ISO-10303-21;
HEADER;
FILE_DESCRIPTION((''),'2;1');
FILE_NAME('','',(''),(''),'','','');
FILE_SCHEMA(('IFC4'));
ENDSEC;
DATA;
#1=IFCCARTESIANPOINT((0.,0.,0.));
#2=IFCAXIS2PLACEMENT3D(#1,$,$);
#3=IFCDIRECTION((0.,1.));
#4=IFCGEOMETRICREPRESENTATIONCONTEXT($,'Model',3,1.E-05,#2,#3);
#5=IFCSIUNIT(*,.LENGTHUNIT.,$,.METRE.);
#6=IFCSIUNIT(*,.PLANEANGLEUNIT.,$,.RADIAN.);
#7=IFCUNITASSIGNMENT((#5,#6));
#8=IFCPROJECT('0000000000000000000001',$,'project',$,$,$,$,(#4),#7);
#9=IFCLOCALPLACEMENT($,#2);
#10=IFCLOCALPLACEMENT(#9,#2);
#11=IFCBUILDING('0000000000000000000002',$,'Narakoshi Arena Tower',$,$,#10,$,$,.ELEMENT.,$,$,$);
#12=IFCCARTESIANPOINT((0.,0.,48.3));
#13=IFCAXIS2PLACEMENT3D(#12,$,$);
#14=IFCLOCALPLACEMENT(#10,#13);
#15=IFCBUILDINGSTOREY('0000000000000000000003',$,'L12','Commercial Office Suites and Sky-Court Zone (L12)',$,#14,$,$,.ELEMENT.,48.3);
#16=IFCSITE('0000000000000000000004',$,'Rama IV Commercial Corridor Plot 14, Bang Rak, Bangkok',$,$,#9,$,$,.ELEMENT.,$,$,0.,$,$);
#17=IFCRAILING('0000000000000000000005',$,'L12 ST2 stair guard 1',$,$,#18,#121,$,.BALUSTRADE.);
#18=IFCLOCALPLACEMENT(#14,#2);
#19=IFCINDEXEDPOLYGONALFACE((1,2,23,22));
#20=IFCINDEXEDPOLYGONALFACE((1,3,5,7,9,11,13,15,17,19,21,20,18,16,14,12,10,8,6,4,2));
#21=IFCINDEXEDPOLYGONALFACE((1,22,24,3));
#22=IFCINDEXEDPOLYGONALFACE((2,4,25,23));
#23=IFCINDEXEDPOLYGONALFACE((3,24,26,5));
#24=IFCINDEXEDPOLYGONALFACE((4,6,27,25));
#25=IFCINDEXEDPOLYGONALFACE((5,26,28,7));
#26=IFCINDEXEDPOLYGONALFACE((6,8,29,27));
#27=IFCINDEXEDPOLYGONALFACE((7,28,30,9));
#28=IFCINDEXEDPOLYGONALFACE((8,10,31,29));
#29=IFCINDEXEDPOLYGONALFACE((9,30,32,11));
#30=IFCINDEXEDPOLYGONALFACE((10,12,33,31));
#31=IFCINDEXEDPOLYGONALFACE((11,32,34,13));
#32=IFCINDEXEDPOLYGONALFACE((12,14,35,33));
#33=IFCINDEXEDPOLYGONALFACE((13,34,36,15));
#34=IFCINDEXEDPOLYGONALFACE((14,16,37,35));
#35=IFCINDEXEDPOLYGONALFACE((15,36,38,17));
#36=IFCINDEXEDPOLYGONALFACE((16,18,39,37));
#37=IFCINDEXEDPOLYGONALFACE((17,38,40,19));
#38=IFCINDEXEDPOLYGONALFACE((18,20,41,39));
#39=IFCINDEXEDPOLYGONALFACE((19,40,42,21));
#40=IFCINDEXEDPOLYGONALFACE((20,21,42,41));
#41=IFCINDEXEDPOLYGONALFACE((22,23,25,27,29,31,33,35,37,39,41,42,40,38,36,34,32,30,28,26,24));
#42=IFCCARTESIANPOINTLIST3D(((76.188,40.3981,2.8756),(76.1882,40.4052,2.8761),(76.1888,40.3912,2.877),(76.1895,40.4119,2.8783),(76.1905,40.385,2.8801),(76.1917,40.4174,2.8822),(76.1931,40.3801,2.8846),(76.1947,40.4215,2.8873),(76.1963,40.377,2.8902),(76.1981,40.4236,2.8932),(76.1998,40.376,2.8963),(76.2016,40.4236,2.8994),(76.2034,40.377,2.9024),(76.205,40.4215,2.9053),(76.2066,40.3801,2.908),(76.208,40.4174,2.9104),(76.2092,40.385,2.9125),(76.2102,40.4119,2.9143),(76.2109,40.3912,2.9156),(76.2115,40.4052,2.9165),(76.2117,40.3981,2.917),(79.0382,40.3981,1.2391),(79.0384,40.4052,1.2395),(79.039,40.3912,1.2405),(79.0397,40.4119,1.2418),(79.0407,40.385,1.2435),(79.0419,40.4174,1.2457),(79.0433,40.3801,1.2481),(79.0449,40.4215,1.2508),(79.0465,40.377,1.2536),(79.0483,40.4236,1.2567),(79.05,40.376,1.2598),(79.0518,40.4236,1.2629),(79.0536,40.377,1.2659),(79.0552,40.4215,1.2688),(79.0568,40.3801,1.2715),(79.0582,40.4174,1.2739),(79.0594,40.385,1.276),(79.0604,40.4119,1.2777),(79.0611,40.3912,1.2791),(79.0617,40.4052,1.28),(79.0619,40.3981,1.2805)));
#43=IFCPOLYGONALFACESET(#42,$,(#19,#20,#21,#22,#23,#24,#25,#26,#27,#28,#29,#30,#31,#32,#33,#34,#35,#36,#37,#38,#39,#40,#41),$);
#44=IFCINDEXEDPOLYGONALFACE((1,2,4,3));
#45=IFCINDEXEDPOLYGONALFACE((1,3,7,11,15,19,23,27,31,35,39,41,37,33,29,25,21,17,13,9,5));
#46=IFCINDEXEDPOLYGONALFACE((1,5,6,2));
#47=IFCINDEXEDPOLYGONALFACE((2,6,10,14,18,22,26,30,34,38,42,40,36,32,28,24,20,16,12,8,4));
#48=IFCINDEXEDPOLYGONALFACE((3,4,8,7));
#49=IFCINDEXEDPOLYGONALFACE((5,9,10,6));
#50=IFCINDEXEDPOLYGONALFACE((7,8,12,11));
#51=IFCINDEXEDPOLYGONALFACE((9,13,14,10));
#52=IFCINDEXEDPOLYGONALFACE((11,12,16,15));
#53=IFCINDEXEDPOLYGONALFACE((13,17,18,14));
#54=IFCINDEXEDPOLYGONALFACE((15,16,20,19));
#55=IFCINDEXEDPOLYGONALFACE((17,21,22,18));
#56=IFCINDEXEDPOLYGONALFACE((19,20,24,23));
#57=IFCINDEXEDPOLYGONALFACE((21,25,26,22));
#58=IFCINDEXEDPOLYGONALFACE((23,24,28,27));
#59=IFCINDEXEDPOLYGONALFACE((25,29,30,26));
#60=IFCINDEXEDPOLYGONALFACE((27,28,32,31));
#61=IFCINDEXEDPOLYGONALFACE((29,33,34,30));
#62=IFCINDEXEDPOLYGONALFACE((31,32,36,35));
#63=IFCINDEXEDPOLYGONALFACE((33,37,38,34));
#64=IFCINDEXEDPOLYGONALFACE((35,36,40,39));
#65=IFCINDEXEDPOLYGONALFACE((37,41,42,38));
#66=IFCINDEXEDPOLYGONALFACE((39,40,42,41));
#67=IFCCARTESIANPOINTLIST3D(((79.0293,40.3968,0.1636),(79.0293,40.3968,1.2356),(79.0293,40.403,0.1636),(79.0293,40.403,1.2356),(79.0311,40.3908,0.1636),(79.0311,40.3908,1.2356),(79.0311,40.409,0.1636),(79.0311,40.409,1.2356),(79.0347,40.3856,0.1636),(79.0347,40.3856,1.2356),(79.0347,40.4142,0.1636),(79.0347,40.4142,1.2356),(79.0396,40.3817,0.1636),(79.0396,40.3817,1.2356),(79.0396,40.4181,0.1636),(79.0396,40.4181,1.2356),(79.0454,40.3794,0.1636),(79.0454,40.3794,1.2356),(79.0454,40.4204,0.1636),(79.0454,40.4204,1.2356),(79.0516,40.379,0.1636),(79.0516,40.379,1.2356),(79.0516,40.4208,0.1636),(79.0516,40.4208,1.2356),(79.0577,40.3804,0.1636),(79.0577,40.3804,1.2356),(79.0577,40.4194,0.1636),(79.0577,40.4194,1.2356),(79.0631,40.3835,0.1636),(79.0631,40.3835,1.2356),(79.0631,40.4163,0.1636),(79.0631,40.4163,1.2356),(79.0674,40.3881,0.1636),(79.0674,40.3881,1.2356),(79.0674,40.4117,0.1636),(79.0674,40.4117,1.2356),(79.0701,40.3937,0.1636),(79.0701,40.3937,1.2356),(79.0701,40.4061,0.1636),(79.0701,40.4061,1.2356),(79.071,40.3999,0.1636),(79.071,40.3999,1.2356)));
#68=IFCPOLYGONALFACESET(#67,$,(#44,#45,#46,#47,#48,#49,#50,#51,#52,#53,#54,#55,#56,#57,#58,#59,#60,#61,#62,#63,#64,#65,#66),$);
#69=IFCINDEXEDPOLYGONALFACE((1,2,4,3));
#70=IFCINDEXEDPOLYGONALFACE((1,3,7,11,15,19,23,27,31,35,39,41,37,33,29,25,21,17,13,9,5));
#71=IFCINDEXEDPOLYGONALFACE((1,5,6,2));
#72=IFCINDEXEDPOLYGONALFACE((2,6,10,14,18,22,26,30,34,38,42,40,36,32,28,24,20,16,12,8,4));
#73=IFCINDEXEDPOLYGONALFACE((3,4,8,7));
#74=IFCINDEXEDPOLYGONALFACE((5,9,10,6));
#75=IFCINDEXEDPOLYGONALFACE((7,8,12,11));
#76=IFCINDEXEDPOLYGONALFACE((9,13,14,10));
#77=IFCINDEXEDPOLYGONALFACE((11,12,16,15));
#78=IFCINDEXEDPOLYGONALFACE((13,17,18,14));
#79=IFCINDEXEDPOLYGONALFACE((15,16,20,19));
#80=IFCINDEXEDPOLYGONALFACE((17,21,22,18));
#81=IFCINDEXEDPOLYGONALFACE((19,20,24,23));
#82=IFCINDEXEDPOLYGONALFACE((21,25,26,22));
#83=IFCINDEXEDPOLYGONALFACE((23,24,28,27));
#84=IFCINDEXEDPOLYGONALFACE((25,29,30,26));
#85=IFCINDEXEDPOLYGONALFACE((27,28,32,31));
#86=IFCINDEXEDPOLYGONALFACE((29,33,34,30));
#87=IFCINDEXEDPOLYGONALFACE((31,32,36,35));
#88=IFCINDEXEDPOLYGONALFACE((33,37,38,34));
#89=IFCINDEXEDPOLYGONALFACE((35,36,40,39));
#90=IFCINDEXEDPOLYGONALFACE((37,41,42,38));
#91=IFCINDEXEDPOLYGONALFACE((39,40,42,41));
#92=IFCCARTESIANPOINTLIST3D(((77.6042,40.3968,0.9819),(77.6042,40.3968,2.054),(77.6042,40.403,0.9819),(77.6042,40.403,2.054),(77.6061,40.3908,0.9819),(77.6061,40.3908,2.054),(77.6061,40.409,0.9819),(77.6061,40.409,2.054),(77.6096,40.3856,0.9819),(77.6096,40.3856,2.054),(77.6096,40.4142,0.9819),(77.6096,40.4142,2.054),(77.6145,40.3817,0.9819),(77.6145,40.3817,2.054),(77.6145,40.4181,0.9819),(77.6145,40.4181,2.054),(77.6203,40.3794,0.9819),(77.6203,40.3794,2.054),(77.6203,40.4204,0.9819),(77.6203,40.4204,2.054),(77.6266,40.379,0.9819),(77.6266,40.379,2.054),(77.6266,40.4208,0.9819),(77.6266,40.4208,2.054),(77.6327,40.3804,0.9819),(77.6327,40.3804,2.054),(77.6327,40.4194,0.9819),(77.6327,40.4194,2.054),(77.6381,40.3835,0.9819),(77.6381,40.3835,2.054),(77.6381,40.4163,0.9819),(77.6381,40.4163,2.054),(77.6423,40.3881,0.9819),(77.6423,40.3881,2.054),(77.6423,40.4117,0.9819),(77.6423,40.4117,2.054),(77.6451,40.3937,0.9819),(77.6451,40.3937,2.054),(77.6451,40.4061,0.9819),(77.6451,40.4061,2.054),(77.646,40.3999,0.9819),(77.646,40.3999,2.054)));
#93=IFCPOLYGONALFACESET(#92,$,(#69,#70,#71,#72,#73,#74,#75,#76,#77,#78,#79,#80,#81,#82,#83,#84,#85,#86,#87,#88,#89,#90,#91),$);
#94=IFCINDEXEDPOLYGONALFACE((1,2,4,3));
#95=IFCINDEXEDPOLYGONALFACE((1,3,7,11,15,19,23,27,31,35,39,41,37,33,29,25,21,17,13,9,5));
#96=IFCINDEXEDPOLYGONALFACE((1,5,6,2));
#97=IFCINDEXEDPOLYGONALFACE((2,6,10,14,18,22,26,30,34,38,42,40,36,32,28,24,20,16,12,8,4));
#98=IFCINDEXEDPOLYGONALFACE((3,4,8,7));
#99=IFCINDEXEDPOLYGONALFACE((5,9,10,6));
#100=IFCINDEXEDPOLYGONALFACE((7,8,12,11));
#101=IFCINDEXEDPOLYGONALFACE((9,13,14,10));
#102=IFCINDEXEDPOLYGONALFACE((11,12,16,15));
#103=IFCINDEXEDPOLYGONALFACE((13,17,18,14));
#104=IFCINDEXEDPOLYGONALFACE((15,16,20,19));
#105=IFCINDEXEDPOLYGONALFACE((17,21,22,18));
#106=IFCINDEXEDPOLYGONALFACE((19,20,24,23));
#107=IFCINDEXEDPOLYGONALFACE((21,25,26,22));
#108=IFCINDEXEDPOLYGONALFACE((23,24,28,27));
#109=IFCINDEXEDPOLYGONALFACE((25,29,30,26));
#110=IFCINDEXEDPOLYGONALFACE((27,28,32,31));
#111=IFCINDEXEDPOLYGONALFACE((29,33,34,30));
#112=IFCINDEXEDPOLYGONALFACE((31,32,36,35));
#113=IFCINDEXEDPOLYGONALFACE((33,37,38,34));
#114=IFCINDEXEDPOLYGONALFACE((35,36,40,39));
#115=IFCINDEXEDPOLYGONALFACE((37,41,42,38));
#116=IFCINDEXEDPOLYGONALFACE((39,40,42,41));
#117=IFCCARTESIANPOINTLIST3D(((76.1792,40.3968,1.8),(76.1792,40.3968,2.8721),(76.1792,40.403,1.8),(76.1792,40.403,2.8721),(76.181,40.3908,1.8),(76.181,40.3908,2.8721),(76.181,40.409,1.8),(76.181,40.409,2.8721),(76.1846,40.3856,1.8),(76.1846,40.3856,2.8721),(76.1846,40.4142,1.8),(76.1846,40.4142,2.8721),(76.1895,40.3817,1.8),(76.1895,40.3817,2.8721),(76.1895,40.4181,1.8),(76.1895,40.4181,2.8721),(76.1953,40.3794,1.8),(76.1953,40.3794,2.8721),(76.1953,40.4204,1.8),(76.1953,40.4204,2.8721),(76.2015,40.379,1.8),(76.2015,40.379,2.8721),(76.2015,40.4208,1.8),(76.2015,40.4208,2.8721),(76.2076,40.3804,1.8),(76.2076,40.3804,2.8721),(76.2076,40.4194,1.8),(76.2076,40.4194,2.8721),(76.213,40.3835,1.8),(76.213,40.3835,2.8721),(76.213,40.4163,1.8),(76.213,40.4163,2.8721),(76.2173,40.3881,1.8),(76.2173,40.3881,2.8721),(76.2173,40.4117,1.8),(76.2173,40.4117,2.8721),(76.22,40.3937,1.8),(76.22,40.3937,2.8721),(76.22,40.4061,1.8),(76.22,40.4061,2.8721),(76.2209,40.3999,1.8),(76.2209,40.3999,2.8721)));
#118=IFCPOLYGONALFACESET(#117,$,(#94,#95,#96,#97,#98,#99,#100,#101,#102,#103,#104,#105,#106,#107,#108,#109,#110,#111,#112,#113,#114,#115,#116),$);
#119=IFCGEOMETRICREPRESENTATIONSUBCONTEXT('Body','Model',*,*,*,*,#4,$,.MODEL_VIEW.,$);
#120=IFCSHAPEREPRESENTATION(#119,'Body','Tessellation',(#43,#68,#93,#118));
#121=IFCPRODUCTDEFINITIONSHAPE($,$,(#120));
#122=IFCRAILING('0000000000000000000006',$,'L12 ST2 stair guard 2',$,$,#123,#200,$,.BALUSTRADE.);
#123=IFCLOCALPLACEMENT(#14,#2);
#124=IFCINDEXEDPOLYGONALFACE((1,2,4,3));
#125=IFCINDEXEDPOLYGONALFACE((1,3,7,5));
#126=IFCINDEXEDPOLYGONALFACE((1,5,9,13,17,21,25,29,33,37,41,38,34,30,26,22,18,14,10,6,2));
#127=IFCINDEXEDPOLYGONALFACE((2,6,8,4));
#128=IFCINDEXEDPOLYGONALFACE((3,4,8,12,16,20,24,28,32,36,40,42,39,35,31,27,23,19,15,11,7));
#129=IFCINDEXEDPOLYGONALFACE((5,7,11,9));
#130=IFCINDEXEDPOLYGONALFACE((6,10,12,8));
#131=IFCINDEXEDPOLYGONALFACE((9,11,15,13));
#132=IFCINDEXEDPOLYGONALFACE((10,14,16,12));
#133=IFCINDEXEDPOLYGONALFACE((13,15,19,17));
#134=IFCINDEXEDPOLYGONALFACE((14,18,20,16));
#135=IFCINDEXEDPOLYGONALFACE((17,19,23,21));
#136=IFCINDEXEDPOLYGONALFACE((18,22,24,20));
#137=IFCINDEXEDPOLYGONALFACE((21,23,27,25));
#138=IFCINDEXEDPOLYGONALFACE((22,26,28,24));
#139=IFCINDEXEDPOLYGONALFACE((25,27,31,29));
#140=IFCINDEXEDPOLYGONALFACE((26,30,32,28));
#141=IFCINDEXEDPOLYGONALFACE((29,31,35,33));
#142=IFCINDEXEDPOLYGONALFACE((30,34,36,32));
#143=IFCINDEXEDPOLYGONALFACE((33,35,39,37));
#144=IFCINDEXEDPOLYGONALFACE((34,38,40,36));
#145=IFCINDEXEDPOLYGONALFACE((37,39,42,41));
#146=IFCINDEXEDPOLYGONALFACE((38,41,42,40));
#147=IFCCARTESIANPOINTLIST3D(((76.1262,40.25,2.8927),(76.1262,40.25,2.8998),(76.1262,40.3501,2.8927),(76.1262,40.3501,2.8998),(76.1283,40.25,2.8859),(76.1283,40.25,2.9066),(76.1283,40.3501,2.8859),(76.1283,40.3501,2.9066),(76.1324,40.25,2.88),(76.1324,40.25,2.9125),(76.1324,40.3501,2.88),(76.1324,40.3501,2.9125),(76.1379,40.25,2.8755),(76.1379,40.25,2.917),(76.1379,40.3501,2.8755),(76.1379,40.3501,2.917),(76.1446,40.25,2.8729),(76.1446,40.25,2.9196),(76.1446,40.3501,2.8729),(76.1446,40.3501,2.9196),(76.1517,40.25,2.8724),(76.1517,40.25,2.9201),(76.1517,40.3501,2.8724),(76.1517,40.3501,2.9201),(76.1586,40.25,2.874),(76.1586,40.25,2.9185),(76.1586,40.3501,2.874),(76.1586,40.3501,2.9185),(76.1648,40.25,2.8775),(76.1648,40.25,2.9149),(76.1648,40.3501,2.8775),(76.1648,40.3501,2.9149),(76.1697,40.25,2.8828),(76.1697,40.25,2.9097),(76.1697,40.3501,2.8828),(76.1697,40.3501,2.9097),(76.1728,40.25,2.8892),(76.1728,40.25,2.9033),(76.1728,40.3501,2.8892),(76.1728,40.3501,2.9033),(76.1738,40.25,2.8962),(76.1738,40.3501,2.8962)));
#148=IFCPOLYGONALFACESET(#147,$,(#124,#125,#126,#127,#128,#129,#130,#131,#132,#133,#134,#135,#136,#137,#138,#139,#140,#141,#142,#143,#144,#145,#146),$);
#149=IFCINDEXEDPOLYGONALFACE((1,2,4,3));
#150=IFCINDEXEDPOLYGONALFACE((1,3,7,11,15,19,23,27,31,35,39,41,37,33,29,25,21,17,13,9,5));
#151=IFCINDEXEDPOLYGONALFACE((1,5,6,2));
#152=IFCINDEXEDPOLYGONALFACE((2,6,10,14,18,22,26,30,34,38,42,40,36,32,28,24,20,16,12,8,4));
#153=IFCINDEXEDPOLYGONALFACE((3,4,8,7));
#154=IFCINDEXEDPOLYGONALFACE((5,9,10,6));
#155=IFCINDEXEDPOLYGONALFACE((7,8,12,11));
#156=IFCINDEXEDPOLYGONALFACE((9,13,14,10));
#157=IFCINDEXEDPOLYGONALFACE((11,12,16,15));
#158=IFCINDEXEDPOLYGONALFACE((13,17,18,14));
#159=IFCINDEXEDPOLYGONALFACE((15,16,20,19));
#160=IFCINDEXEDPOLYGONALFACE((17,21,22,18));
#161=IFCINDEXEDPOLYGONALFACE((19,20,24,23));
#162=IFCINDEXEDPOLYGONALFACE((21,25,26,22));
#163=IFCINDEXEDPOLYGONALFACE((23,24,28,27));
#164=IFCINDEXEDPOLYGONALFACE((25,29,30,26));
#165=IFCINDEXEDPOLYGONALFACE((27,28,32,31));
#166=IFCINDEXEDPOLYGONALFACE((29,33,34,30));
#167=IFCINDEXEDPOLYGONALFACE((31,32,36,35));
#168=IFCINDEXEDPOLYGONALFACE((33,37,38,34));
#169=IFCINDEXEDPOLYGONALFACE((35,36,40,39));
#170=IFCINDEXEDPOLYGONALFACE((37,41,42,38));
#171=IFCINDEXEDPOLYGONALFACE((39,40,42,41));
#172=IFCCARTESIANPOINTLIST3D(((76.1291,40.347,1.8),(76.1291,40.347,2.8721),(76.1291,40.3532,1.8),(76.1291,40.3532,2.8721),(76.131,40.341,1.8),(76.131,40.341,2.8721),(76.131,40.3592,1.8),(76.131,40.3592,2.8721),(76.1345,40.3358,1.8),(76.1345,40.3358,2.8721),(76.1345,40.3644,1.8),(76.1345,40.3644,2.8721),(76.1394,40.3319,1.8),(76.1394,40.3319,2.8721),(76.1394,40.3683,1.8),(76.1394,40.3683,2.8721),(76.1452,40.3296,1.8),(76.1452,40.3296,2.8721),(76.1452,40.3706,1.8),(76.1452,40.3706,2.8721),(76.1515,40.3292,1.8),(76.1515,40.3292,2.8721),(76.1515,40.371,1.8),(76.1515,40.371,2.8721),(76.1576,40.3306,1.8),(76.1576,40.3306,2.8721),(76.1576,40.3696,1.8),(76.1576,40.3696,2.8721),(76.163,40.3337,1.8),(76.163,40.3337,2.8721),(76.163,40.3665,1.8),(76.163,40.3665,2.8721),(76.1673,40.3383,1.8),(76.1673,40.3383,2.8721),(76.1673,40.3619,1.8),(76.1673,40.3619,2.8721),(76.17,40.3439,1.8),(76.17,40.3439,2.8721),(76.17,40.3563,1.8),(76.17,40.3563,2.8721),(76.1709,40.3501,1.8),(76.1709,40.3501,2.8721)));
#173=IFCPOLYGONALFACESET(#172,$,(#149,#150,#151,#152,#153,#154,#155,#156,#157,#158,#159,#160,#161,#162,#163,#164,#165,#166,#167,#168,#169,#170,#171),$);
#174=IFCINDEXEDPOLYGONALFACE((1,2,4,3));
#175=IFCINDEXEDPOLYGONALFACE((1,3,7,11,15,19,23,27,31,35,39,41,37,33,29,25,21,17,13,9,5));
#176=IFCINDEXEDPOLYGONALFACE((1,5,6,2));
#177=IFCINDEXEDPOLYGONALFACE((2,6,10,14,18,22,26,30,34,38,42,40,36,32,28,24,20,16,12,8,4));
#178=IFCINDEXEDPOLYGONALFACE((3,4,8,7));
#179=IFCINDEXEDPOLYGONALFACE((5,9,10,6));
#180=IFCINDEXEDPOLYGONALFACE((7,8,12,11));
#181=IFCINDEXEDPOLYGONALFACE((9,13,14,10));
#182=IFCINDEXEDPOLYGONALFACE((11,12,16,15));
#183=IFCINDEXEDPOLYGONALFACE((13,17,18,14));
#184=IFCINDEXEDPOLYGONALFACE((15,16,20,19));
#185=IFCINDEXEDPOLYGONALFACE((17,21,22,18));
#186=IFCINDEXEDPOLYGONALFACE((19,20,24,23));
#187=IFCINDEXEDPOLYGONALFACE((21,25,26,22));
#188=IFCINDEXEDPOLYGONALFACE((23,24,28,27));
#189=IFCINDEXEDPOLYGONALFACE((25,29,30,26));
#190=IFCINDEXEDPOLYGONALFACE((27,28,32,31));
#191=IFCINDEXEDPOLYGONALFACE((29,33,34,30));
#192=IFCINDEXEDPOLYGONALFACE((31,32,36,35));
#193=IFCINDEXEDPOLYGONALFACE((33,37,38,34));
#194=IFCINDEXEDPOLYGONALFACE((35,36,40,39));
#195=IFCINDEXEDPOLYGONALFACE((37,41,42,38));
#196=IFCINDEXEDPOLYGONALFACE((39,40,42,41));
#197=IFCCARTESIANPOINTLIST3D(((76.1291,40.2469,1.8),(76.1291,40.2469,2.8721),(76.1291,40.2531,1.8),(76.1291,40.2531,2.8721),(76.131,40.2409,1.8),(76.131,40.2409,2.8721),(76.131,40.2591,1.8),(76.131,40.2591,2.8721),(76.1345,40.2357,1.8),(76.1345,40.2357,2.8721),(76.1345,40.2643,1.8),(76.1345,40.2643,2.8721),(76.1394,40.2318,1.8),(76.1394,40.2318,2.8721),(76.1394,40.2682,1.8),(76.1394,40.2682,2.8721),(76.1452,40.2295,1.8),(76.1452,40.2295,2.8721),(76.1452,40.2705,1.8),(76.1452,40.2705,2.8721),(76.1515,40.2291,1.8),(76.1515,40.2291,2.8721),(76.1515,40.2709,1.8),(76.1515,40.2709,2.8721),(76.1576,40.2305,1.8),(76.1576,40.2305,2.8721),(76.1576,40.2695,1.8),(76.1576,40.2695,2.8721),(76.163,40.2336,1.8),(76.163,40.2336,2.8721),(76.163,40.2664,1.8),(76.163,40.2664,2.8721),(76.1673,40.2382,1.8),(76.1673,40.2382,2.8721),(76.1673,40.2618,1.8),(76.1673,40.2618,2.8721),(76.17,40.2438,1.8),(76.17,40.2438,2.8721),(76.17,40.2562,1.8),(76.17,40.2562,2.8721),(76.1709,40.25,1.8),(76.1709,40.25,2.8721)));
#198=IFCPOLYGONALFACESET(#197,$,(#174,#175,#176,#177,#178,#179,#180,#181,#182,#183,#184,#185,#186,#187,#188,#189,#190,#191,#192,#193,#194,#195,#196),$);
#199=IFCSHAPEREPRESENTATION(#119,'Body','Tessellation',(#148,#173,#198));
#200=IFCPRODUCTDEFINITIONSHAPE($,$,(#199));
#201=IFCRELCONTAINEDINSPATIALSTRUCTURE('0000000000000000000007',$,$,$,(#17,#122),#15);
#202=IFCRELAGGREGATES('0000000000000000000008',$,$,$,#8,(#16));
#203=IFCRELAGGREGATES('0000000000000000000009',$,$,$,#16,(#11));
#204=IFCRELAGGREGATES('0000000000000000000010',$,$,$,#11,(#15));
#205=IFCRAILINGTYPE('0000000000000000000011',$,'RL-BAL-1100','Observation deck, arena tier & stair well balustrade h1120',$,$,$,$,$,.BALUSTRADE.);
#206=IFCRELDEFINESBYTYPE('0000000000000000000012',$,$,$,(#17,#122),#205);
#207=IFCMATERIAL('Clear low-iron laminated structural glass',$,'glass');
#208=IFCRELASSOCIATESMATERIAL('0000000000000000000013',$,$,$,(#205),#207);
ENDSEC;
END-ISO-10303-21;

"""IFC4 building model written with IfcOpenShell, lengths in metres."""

from ifc_helpers import new_model, si_unit, direction, frame, origin, origin_2d, place, context, subcontext, project, spatial, circle, extrude, material, type_object, element, save


model = new_model("IFC4")

# Units and contexts
model_context = context("Model", 3, precision=1e-05, world=origin(), true_north=direction((0.0, 1.0)))
body_context = subcontext(model_context, "Body", "Model", "MODEL_VIEW")
ifc_project = project(units=[si_unit("LENGTHUNIT", "METRE"), si_unit("PLANEANGLEUNIT", "RADIAN")], contexts=[model_context])

# Site, building, storey
site_placement = place(None, origin())
site = spatial("IfcSite", under=ifc_project, at=site_placement, Name="Rama IV Commercial Corridor Plot 14, Bang Rak, Bangkok", CompositionType="ELEMENT", RefElevation=0.0)
building_placement = place(site_placement, origin())
building = spatial("IfcBuilding", under=site, at=building_placement, Name="Narakoshi Arena Tower", CompositionType="ELEMENT")
storey_placement = place(building_placement, frame((0.0, 0.0, 48.3)))
storey = spatial("IfcBuildingStorey", under=building, at=storey_placement, Name="L12", Description="Commercial Office Suites and Sky-Court Zone (L12)", CompositionType="ELEMENT", Elevation=48.3)

# Railings
ifc_material_1 = material(Name="Clear low-iron laminated structural glass", Category="glass")
railing_type_1 = type_object("IfcRailingType", Name="RL-BAL-1100", Description="Observation deck, arena tier & stair well balustrade h1120", PredefinedType="BALUSTRADE", material=ifc_material_1)
railing_1_placement = place(storey_placement, frame((79.05, 40.3999, 0.1636)))
element("IfcRailing", 1, at=railing_1_placement, inside=storey, type_object=railing_type_1, Name="L12 ST2 stair guard 1", PredefinedType="BALUSTRADE", context=body_context, shape_type="SweptSolid", body=[
    extrude(circle(Radius=0.0239, at=origin_2d()), frame((0.0, 0.0, 1.0962), z_axis=(-0.867213, 0.0, 0.497938), x_axis=(0.0, -1.0, 0.0)), (0.0, 0.0, 1.0), 3.2866),
    extrude(circle(Radius=0.021, at=origin_2d()), origin(), (0.0, 0.0, 1.0), 1.072),
    extrude(circle(Radius=0.021, at=origin_2d()), frame((-1.425, 0.0, 0.8184)), (0.0, 0.0, 1.0), 1.072),
    extrude(circle(Radius=0.021, at=origin_2d()), frame((-2.8501, 0.0, 1.6365)), (0.0, 0.0, 1.0), 1.072),
])
railing_2_placement = place(storey_placement, frame((76.1499, 40.3501, 1.8)))
element("IfcRailing", 2, at=railing_2_placement, inside=storey, type_object=railing_type_1, Name="L12 ST2 stair guard 2", PredefinedType="BALUSTRADE", context=body_context, shape_type="SweptSolid", body=[
    extrude(circle(Radius=0.0239, at=origin_2d()), frame((0.0, 0.0, 1.0962), z_axis=(0.0, -1.0, 0.0), x_axis=(1.0, 0.0, 0.0)), (0.0, 0.0, 1.0), 0.1001),
    extrude(circle(Radius=0.021, at=origin_2d()), origin(), (0.0, 0.0, 1.0), 1.072),
    extrude(circle(Radius=0.021, at=origin_2d()), frame((0.0, -0.1001, 0.0)), (0.0, 0.0, 1.0), 1.072),
])

save(model, "model.ifc")
